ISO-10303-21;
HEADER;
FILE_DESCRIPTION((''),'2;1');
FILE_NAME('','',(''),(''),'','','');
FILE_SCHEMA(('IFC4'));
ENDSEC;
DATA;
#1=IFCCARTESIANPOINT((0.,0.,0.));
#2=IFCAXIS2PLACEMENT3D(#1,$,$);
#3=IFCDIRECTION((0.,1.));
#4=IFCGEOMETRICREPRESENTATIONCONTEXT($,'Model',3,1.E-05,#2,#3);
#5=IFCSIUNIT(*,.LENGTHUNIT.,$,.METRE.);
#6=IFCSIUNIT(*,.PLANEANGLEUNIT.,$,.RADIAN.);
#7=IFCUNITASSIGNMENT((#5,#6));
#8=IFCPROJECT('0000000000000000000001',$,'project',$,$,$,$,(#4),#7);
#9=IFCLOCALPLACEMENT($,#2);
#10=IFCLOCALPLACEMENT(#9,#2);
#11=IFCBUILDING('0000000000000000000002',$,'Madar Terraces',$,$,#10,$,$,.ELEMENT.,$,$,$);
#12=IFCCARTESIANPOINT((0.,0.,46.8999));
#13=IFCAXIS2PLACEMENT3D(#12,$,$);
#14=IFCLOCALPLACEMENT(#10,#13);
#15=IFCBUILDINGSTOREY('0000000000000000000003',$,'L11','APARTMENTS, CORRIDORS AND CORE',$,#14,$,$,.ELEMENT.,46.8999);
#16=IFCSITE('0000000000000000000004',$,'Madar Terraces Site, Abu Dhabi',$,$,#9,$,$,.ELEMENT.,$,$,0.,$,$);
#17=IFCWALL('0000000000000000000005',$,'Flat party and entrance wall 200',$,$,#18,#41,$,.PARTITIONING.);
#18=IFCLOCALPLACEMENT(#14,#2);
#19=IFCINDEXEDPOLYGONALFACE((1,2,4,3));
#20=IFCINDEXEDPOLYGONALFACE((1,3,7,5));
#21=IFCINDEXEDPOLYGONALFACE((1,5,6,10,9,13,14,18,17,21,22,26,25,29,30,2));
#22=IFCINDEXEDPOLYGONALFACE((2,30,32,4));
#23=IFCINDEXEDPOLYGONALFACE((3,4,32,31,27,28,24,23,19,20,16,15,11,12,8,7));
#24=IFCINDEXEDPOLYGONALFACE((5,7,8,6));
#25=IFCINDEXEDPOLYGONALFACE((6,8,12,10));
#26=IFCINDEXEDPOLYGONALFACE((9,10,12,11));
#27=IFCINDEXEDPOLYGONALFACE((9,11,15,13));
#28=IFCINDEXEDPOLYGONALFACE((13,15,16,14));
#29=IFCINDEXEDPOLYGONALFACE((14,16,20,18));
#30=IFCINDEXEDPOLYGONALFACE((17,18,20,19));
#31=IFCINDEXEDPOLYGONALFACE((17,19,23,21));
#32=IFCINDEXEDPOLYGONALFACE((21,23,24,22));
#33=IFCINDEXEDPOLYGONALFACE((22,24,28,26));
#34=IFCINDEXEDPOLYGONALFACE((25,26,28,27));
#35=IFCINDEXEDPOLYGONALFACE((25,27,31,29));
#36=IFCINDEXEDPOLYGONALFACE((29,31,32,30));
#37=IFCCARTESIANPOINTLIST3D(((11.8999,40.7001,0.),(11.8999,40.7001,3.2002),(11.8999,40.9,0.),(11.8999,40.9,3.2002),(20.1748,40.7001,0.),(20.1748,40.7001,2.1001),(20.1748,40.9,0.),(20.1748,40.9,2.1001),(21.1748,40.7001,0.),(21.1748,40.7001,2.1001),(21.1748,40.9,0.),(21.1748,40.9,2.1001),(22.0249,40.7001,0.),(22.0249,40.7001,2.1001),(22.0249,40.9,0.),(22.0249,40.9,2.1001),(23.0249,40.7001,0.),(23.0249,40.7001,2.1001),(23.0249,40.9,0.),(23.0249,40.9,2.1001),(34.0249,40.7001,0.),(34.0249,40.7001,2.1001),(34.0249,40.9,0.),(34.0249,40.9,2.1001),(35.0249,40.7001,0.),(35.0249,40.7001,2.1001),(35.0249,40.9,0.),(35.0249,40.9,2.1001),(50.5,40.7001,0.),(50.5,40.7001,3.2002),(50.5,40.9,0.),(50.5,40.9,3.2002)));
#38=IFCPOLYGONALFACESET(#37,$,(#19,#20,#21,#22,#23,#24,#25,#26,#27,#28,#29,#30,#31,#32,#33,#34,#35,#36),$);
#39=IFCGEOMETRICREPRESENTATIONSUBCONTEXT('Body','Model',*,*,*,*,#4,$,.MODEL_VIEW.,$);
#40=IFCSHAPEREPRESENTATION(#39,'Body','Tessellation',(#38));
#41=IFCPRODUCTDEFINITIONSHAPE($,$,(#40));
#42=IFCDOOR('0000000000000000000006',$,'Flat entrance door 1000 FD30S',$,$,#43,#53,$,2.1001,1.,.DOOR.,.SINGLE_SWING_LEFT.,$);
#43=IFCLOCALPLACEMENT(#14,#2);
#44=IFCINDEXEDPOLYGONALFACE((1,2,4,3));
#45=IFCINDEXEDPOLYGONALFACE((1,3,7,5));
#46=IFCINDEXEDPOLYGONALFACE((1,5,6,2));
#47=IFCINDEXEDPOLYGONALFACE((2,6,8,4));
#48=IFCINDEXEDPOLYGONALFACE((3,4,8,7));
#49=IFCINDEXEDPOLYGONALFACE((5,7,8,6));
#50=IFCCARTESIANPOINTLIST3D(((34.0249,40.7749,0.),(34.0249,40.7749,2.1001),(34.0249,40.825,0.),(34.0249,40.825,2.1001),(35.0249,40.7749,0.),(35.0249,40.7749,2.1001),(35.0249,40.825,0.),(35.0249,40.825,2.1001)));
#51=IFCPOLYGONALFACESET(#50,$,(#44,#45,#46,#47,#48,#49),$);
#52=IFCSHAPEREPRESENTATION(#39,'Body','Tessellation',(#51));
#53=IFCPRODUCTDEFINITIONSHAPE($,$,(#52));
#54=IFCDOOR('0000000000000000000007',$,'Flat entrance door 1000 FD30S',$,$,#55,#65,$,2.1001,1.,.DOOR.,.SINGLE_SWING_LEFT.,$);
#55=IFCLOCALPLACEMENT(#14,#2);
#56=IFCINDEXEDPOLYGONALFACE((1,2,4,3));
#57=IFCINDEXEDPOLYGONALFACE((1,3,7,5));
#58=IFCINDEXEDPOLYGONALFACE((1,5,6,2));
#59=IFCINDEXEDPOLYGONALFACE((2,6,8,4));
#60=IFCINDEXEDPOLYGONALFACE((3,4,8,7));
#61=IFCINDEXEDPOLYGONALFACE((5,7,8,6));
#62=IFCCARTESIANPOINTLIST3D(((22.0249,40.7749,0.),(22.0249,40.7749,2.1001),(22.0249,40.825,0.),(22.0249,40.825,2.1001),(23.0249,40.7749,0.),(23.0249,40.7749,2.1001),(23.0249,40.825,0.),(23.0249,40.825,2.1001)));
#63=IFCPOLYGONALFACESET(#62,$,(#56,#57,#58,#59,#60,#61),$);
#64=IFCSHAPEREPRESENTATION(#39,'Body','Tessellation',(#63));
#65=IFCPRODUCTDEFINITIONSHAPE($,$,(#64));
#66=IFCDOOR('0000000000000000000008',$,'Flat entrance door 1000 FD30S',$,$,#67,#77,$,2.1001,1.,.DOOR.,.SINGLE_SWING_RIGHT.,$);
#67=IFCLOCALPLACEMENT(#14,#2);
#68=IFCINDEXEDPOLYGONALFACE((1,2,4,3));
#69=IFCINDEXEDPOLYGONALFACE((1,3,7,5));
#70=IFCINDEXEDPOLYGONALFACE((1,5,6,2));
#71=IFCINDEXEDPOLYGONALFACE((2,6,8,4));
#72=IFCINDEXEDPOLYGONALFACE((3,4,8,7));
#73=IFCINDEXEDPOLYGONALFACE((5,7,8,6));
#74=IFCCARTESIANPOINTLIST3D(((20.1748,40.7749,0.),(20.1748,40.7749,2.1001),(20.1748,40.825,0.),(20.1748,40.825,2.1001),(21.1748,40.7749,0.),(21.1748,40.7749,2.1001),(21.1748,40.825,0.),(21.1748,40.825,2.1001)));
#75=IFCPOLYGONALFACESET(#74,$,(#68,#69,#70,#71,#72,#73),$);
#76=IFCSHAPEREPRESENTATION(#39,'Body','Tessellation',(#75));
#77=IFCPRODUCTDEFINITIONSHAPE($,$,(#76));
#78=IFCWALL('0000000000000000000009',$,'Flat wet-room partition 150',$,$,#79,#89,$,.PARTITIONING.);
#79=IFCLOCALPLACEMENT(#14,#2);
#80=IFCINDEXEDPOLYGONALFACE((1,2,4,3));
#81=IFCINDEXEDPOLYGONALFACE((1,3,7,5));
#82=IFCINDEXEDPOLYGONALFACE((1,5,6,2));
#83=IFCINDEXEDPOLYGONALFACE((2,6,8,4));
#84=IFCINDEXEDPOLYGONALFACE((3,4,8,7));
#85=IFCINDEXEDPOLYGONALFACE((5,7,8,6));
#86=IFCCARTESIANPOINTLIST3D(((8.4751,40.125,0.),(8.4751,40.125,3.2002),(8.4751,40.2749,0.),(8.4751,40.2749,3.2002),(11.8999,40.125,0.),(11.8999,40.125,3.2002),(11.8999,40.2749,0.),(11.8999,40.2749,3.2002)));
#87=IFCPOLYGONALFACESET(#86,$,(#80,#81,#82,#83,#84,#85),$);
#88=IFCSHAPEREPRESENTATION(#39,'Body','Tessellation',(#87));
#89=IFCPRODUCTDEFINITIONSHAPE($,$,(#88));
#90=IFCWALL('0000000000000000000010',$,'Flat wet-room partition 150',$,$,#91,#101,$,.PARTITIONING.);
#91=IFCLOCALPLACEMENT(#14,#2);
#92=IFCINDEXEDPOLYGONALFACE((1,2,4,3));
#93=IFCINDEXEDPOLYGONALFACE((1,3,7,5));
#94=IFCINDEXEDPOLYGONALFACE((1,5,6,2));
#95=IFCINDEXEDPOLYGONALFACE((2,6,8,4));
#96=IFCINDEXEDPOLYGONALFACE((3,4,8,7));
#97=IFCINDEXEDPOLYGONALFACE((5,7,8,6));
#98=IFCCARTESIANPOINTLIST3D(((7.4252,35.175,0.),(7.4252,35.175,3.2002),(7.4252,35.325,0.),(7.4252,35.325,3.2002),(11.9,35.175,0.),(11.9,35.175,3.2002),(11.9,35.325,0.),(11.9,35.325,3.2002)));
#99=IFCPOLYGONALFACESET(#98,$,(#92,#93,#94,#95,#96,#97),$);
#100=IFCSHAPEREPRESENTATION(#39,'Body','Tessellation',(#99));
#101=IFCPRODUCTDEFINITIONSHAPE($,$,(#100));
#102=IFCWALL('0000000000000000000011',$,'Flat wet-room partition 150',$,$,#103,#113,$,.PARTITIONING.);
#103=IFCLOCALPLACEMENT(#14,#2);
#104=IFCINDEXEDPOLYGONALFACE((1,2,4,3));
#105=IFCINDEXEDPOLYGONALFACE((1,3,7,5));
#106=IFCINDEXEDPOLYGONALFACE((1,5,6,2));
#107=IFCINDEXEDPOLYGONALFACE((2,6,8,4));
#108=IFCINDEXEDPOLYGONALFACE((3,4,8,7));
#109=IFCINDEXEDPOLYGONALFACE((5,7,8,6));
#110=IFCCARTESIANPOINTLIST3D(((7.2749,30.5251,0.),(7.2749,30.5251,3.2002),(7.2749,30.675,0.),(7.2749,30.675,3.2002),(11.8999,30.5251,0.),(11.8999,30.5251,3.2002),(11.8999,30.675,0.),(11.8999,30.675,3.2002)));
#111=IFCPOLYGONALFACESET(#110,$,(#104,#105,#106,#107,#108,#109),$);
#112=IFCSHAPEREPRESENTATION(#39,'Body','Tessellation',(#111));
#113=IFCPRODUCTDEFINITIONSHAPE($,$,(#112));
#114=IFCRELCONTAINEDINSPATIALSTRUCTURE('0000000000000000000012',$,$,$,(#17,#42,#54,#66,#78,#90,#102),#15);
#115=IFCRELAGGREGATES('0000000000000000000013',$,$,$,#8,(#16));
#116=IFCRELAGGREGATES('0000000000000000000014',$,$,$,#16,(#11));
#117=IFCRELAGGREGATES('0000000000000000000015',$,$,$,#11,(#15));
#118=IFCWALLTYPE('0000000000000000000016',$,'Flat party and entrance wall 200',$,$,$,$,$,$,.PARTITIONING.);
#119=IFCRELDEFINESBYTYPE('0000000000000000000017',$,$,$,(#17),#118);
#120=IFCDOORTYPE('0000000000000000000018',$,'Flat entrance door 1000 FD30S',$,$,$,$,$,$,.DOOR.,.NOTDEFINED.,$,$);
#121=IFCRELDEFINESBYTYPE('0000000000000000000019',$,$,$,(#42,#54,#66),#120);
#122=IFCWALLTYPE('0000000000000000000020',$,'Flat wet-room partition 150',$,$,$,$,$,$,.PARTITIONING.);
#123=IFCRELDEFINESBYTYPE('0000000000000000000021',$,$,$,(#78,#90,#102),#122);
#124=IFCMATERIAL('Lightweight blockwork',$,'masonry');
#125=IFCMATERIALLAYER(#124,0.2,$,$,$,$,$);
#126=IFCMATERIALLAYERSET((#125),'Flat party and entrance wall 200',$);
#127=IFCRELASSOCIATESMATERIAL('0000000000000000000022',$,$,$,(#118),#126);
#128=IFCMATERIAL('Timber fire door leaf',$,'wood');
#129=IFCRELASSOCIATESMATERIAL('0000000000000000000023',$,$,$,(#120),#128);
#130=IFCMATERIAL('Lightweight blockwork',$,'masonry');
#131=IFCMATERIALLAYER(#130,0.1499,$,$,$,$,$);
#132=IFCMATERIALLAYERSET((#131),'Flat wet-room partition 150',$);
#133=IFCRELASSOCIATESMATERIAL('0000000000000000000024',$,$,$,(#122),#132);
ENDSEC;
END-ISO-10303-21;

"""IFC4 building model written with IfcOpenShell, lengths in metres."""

from ifc_helpers import new_model, si_unit, direction, frame, frame_2d, origin, place, context, subcontext, project, spatial, rectangle, extrude, material, layer, layer_set, type_object, element, fill, save


model = new_model("IFC4")

# Units and contexts
model_context = context("Model", 3, precision=1e-05, world=origin(), true_north=direction((0.0, 1.0)))
body_context = subcontext(model_context, "Body", "Model", "MODEL_VIEW")
ifc_project = project(units=[si_unit("LENGTHUNIT", "METRE"), si_unit("PLANEANGLEUNIT", "RADIAN")], contexts=[model_context])

# Site, building, storey
site_placement = place(None, origin())
site = spatial("IfcSite", under=ifc_project, at=site_placement, Name="Madar Terraces Site, Abu Dhabi", CompositionType="ELEMENT", RefElevation=0.0)
building_placement = place(site_placement, origin())
building = spatial("IfcBuilding", under=site, at=building_placement, Name="Madar Terraces", CompositionType="ELEMENT")
storey_placement = place(building_placement, frame((0.0, 0.0, 46.8999)))
storey = spatial("IfcBuildingStorey", under=building, at=storey_placement, Name="L11", Description="APARTMENTS, CORRIDORS AND CORE", CompositionType="ELEMENT", Elevation=46.8999)

# Wall, openings, doors
ifc_material_1 = material(Name="Lightweight blockwork", Category="masonry")
ifc_layer_1 = layer(ifc_material_1, 0.2)
ifc_layer_set_1 = layer_set([ifc_layer_1], Name="Flat party and entrance wall 200")
wall_type_1 = type_object("IfcWallType", Name="Flat party and entrance wall 200", PredefinedType="PARTITIONING", material=ifc_layer_set_1)
wall_1_placement = place(storey_placement, frame((11.8999, 40.8, 0.0), z_axis=(0.0, 0.0, 1.0), x_axis=(1.0, 0.0, 0.0)))
wall_1 = element("IfcWall", 1, at=wall_1_placement, inside=storey, type_object=wall_type_1, Name="Flat party and entrance wall 200", PredefinedType="PARTITIONING", context=body_context, shape_type="SweptSolid", body=[
    extrude(rectangle(XDim=38.6001, YDim=0.2, at=frame_2d((19.3, 0.0))), origin(), (0.0, 0.0, 1.0), 3.2002),
])
opening_1_placement = place(wall_1_placement, frame((22.125, 0.0, 0.0)))
opening_1 = element("IfcOpeningElement", 2, at=opening_1_placement, cuts=wall_1, PredefinedType="OPENING", context=body_context, shape_type="SweptSolid", body=[
    extrude(rectangle(XDim=1.0, YDim=2.1001, at=frame_2d((0.5, 1.05))), frame((0.0, 0.1099, 0.0), z_axis=(0.0, -1.0, 0.0), x_axis=(1.0, 0.0, 0.0)), (0.0, 0.0, 1.0), 0.22),
])
opening_2_placement = place(wall_1_placement, frame((10.125, 0.0, 0.0)))
opening_2 = element("IfcOpeningElement", 3, at=opening_2_placement, cuts=wall_1, PredefinedType="OPENING", context=body_context, shape_type="SweptSolid", body=[
    extrude(rectangle(XDim=1.0, YDim=2.1001, at=frame_2d((0.5, 1.05))), frame((0.0, 0.1099, 0.0), z_axis=(0.0, -1.0, 0.0), x_axis=(1.0, 0.0, 0.0)), (0.0, 0.0, 1.0), 0.22),
])
opening_3_placement = place(wall_1_placement, frame((8.2749, 0.0, 0.0)))
opening_3 = element("IfcOpeningElement", 4, at=opening_3_placement, cuts=wall_1, PredefinedType="OPENING", context=body_context, shape_type="SweptSolid", body=[
    extrude(rectangle(XDim=1.0, YDim=2.1001, at=frame_2d((0.5, 1.05))), frame((0.0, 0.1099, 0.0), z_axis=(0.0, -1.0, 0.0), x_axis=(1.0, 0.0, 0.0)), (0.0, 0.0, 1.0), 0.22),
])
ifc_material_2 = material(Name="Timber fire door leaf", Category="wood")
door_type_1 = type_object("IfcDoorType", Name="Flat entrance door 1000 FD30S", OperationType="NOTDEFINED", PredefinedType="DOOR", material=ifc_material_2)
door_1_placement = place(opening_1_placement, origin())
door_1 = element("IfcDoor", 5, at=door_1_placement, inside=storey, type_object=door_type_1, Name="Flat entrance door 1000 FD30S", OperationType="SINGLE_SWING_LEFT", OverallHeight=2.1001, OverallWidth=1.0, PredefinedType="DOOR", context=body_context, shape_type="SweptSolid", body=[
    extrude(rectangle(XDim=1.0, YDim=2.1001, at=frame_2d((0.5, 1.05))), frame((0.0, 0.0249, 0.0), z_axis=(0.0, -1.0, 0.0), x_axis=(1.0, 0.0, 0.0)), (0.0, 0.0, 1.0), 0.05),
])
fill(opening_1, door_1)
door_2_placement = place(opening_2_placement, origin())
door_2 = element("IfcDoor", 6, at=door_2_placement, inside=storey, type_object=door_type_1, Name="Flat entrance door 1000 FD30S", OperationType="SINGLE_SWING_LEFT", OverallHeight=2.1001, OverallWidth=1.0, PredefinedType="DOOR", context=body_context, shape_type="SweptSolid", body=[
    extrude(rectangle(XDim=1.0, YDim=2.1001, at=frame_2d((0.5, 1.05))), frame((0.0, 0.0249, 0.0), z_axis=(0.0, -1.0, 0.0), x_axis=(1.0, 0.0, 0.0)), (0.0, 0.0, 1.0), 0.05),
])
fill(opening_2, door_2)
door_3_placement = place(opening_3_placement, origin())
door_3 = element("IfcDoor", 7, at=door_3_placement, inside=storey, type_object=door_type_1, Name="Flat entrance door 1000 FD30S", OperationType="SINGLE_SWING_RIGHT", OverallHeight=2.1001, OverallWidth=1.0, PredefinedType="DOOR", context=body_context, shape_type="SweptSolid", body=[
    extrude(rectangle(XDim=1.0, YDim=2.1001, at=frame_2d((0.5, 1.05))), frame((0.0, 0.0249, 0.0), z_axis=(0.0, -1.0, 0.0), x_axis=(1.0, 0.0, 0.0)), (0.0, 0.0, 1.0), 0.05),
])
fill(opening_3, door_3)

# Walls
ifc_material_3 = material(Name="Lightweight blockwork", Category="masonry")
ifc_layer_2 = layer(ifc_material_3, 0.1499)
ifc_layer_set_2 = layer_set([ifc_layer_2], Name="Flat wet-room partition 150")
wall_type_2 = type_object("IfcWallType", Name="Flat wet-room partition 150", PredefinedType="PARTITIONING", material=ifc_layer_set_2)
wall_2_placement = place(storey_placement, frame((11.8999, 40.2, 0.0), z_axis=(0.0, 0.0, 1.0), x_axis=(-1.0, 0.0, 0.0)))
element("IfcWall", 8, at=wall_2_placement, inside=storey, type_object=wall_type_2, Name="Flat wet-room partition 150", PredefinedType="PARTITIONING", context=body_context, shape_type="SweptSolid", body=[
    extrude(rectangle(XDim=3.4248, YDim=0.1499, at=frame_2d((1.7124, 0.0))), origin(), (0.0, 0.0, 1.0), 3.2002),
])
wall_3_placement = place(storey_placement, frame((11.8999, 35.25, 0.0), z_axis=(0.0, 0.0, 1.0), x_axis=(-1.0, 0.0, 0.0)))
element("IfcWall", 9, at=wall_3_placement, inside=storey, type_object=wall_type_2, Name="Flat wet-room partition 150", PredefinedType="PARTITIONING", context=body_context, shape_type="SweptSolid", body=[
    extrude(rectangle(XDim=4.4749, YDim=0.1499, at=frame_2d((2.2373, 0.0))), origin(), (0.0, 0.0, 1.0), 3.2002),
])
wall_4_placement = place(storey_placement, frame((11.8999, 30.6001, 0.0), z_axis=(0.0, 0.0, 1.0), x_axis=(-1.0, 0.0, 0.0)))
element("IfcWall", 10, at=wall_4_placement, inside=storey, type_object=wall_type_2, Name="Flat wet-room partition 150", PredefinedType="PARTITIONING", context=body_context, shape_type="SweptSolid", body=[
    extrude(rectangle(XDim=4.625, YDim=0.1499, at=frame_2d((2.3125, 0.0))), origin(), (0.0, 0.0, 1.0), 3.2002),
])

save(model, "model.ifc")
